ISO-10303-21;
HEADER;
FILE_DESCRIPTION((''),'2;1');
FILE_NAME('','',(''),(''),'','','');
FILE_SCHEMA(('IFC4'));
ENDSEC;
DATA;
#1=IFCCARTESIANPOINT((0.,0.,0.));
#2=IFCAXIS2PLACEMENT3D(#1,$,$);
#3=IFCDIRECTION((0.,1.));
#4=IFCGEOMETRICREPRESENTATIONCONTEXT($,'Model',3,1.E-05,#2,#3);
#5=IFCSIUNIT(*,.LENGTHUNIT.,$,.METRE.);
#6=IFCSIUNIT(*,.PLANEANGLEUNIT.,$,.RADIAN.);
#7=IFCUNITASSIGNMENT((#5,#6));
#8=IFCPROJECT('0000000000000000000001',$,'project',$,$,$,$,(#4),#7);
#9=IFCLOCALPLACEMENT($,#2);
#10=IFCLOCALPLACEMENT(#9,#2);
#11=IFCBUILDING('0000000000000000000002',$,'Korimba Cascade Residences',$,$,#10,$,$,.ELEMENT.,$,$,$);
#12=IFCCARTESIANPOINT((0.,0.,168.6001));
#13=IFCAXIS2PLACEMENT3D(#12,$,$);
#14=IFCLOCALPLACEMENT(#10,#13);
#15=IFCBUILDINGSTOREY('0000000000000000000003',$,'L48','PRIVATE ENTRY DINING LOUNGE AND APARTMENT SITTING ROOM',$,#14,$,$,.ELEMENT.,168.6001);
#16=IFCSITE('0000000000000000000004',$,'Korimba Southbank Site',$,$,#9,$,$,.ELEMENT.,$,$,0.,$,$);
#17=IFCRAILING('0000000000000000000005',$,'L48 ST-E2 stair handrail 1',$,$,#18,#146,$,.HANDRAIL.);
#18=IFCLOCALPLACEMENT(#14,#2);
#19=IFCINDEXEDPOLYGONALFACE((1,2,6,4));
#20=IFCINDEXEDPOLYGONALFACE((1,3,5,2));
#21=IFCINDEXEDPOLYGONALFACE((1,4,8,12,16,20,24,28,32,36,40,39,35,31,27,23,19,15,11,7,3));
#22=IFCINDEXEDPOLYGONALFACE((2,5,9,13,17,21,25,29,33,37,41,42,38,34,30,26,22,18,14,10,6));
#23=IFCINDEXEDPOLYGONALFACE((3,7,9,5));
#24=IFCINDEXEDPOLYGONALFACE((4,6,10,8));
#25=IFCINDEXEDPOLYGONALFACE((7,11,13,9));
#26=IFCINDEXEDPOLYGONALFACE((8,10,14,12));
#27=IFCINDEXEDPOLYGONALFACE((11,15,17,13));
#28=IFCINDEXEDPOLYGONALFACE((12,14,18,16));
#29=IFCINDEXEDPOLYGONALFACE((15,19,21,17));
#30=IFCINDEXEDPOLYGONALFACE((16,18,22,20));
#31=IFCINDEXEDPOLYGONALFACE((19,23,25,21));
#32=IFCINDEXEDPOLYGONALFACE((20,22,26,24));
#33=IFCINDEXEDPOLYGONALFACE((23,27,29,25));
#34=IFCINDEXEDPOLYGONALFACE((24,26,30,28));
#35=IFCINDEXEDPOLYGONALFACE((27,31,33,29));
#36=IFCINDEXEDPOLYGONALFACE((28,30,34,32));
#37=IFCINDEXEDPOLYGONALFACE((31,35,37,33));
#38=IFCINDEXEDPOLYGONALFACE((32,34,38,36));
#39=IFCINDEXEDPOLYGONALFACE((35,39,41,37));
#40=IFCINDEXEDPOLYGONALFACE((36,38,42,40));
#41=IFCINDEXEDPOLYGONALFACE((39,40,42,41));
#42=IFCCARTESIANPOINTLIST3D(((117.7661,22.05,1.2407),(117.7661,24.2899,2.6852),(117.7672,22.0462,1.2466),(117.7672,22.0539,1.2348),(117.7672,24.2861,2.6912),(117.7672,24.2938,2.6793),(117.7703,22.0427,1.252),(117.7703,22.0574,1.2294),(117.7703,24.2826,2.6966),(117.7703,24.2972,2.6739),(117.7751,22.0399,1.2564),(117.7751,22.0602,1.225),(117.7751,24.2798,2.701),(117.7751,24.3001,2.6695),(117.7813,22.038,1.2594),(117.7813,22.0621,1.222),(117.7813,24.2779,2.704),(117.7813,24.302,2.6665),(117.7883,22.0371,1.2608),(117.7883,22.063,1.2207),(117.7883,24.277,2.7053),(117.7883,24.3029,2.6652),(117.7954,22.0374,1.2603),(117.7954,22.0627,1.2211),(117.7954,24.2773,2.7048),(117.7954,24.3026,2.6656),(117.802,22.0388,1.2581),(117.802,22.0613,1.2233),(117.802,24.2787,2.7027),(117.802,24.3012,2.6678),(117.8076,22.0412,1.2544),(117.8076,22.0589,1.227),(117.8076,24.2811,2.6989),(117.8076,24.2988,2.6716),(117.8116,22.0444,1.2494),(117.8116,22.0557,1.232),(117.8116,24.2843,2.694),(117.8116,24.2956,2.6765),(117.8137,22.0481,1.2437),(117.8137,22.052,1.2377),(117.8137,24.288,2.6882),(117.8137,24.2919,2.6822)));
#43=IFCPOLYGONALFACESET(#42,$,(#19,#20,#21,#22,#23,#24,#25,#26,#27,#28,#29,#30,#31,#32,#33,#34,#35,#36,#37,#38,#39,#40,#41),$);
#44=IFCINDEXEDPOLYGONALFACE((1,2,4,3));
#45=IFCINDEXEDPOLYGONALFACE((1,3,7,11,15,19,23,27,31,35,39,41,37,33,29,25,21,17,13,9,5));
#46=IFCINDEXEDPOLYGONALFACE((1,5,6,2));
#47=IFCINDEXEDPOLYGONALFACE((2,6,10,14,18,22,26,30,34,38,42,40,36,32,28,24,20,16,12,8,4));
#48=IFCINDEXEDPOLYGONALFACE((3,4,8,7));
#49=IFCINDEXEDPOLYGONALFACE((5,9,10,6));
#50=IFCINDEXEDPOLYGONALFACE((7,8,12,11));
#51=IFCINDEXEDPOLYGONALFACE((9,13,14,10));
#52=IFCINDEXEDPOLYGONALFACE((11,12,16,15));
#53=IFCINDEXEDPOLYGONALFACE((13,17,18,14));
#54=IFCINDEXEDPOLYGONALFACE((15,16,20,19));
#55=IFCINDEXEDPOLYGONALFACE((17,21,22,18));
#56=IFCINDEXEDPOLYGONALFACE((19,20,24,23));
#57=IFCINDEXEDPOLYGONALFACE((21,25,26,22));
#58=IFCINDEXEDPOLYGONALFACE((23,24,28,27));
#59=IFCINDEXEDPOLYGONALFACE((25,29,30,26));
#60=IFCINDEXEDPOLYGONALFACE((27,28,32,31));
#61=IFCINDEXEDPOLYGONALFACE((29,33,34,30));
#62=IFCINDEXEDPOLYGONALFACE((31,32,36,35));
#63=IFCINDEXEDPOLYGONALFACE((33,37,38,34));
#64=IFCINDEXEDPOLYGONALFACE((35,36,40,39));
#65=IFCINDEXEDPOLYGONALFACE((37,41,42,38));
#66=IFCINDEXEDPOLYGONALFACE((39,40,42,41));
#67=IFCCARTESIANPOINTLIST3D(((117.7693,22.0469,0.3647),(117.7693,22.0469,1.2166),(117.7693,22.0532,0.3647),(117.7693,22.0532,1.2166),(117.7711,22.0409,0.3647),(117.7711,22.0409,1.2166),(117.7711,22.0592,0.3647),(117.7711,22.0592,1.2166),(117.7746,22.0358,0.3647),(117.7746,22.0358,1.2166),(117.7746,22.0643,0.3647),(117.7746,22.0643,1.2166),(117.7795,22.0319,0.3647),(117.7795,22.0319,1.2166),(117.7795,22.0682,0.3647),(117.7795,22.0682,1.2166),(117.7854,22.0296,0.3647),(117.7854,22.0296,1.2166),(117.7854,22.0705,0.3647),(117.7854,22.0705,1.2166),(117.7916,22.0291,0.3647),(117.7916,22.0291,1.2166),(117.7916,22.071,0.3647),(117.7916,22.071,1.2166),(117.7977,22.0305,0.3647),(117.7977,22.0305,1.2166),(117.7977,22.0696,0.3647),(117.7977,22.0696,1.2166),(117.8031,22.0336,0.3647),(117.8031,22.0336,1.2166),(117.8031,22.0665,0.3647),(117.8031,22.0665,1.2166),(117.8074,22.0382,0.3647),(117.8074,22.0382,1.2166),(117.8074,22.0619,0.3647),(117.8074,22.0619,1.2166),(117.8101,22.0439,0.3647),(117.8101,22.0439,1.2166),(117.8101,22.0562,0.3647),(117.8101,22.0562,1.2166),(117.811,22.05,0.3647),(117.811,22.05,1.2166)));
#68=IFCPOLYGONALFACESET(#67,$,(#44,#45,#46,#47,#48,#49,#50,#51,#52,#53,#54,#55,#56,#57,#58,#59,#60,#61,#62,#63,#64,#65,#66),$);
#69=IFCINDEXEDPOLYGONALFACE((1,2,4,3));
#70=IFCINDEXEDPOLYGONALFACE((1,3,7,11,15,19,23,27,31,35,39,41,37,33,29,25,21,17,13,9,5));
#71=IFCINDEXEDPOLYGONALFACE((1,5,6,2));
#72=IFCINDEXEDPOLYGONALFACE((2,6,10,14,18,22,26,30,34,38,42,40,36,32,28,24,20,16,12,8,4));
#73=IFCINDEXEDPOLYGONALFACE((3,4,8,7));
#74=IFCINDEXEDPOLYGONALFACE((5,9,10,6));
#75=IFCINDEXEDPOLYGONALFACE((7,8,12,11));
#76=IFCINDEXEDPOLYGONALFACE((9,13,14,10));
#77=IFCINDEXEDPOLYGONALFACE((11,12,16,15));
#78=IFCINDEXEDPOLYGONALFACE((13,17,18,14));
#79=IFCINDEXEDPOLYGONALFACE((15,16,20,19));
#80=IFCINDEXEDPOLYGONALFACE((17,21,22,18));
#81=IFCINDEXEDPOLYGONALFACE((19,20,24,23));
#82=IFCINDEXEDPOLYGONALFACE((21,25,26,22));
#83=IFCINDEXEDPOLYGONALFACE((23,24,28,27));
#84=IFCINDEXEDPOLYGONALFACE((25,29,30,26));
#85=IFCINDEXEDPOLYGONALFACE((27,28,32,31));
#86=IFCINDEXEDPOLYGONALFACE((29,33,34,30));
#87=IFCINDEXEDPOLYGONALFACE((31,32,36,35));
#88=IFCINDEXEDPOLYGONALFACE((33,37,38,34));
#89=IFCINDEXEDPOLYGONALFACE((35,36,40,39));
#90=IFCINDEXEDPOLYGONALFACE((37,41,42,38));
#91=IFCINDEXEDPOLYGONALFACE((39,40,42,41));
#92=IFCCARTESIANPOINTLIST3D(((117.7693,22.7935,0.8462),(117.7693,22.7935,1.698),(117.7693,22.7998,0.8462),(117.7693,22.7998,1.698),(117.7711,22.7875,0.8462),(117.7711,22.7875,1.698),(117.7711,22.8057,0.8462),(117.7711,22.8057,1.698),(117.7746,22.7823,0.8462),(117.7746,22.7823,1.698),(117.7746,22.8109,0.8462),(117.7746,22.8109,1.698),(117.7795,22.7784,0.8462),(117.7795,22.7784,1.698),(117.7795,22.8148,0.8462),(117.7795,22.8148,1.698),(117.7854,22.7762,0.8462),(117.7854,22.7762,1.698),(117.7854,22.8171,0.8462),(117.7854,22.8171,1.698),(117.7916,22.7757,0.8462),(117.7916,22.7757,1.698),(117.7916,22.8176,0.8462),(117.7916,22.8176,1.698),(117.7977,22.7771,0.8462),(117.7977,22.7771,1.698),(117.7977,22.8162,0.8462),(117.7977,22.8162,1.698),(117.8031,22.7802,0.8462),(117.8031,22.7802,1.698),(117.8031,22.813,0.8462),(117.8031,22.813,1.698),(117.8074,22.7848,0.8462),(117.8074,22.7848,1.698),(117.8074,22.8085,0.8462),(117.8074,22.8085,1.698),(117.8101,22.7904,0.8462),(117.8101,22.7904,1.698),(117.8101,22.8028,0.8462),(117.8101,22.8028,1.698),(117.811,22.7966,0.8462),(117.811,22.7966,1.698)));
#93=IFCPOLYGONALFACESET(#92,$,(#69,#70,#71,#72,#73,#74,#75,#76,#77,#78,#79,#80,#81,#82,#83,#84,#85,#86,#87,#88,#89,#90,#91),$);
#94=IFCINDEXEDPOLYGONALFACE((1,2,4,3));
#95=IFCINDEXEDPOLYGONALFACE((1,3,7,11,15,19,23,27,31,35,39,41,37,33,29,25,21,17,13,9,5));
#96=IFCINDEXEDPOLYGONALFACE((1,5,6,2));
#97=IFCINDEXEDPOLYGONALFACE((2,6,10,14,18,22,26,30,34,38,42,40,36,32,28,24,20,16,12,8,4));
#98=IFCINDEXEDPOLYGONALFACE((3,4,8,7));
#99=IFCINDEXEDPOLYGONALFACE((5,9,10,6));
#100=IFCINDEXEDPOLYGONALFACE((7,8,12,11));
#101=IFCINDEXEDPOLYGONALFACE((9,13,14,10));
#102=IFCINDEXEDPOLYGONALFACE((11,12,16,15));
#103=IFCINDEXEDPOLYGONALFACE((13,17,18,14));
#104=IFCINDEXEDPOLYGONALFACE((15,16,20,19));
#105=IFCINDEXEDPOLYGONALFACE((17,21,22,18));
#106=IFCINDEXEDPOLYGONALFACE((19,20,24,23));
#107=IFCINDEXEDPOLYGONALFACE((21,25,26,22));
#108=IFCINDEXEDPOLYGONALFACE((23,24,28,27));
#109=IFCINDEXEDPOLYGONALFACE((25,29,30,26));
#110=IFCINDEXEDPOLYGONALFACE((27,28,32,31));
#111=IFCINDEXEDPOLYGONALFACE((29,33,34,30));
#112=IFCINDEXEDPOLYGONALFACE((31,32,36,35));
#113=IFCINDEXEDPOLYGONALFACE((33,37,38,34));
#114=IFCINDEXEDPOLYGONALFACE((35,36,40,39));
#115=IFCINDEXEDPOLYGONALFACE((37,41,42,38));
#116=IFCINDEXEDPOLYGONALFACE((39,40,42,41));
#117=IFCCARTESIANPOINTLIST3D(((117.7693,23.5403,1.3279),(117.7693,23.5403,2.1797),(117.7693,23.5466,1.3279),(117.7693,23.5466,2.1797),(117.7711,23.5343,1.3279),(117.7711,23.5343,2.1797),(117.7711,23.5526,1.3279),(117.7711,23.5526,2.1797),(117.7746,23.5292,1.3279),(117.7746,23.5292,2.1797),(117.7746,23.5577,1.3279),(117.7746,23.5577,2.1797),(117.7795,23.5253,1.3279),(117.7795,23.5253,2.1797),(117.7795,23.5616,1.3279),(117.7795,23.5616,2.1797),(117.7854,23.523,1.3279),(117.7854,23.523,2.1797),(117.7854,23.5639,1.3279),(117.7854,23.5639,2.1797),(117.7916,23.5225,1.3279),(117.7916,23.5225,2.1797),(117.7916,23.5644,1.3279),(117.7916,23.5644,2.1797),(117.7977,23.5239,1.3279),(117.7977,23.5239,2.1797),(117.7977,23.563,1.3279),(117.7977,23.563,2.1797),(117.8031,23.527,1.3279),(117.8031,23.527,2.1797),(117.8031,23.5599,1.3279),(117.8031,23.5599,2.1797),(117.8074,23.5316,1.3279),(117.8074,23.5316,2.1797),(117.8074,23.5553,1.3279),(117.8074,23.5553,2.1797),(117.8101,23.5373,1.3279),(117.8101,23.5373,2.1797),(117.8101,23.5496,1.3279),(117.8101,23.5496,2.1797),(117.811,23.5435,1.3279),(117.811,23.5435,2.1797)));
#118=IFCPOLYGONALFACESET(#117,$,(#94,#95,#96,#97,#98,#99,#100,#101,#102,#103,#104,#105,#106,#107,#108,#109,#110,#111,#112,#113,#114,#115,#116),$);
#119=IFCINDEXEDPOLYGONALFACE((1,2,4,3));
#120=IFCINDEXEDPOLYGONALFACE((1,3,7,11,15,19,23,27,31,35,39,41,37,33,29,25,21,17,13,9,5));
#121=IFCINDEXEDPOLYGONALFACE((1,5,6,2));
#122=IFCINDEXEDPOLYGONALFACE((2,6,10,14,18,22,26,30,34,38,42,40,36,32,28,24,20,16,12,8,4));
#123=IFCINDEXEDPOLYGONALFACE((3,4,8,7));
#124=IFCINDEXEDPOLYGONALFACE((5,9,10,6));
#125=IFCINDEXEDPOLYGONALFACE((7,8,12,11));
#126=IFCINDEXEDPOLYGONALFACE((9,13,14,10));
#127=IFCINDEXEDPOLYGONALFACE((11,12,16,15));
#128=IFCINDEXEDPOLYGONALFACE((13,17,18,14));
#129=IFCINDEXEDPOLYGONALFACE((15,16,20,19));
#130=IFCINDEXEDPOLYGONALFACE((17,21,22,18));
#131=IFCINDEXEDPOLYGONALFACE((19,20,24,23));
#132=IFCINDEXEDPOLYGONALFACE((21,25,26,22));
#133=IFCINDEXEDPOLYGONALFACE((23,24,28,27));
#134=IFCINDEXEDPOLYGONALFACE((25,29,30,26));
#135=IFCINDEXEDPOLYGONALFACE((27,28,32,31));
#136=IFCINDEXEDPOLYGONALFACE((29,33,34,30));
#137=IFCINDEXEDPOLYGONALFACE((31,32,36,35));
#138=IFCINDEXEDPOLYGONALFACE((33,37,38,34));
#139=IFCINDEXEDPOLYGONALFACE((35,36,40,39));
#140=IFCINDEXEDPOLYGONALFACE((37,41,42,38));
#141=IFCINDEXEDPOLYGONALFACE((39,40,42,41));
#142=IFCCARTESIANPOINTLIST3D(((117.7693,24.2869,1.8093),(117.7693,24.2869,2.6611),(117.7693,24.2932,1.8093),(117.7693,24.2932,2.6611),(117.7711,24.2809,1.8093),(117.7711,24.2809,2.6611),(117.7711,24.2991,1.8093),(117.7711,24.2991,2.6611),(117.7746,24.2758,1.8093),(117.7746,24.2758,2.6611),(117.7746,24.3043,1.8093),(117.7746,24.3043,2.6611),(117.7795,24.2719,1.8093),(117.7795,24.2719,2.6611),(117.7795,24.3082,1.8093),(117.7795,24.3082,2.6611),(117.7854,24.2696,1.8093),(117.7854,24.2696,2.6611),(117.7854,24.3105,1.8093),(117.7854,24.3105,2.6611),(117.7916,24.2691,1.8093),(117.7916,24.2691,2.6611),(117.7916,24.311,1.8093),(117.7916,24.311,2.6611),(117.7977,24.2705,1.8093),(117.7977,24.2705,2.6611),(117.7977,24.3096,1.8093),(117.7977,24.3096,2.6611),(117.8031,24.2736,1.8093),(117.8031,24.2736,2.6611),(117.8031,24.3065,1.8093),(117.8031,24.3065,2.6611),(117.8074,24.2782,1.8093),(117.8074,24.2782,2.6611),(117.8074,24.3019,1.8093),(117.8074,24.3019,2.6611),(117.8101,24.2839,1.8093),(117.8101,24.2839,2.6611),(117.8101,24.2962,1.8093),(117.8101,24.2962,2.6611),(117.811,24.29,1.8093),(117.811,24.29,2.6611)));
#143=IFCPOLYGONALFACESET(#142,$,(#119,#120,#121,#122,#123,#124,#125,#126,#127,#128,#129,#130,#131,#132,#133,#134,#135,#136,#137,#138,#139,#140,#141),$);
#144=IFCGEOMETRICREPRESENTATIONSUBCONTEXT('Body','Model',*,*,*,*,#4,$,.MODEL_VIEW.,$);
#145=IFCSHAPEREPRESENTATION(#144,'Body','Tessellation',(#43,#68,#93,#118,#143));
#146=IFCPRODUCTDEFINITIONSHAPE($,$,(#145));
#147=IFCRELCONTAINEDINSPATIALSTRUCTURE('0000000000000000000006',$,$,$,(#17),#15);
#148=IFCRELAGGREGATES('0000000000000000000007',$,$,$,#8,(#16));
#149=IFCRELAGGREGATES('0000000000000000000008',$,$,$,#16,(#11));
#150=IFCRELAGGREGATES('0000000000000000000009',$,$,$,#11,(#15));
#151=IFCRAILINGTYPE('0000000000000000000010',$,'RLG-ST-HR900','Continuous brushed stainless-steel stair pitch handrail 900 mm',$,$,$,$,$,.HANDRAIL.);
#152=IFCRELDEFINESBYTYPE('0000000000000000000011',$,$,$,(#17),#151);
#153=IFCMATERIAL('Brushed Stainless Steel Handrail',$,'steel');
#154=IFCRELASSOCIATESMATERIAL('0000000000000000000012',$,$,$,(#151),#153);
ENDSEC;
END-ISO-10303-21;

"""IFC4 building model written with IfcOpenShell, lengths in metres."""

from ifc_helpers import new_model, si_unit, direction, frame, origin, origin_2d, place, context, subcontext, project, spatial, circle, extrude, material, type_object, element, save


model = new_model("IFC4")

# Units and contexts
model_context = context("Model", 3, precision=1e-05, world=origin(), true_north=direction((0.0, 1.0)))
body_context = subcontext(model_context, "Body", "Model", "MODEL_VIEW")
ifc_project = project(units=[si_unit("LENGTHUNIT", "METRE"), si_unit("PLANEANGLEUNIT", "RADIAN")], contexts=[model_context])

# Site, building, storey
site_placement = place(None, origin())
site = spatial("IfcSite", under=ifc_project, at=site_placement, Name="Korimba Southbank Site", CompositionType="ELEMENT", RefElevation=0.0)
building_placement = place(site_placement, origin())
building = spatial("IfcBuilding", under=site, at=building_placement, Name="Korimba Cascade Residences", CompositionType="ELEMENT")
storey_placement = place(building_placement, frame((0.0, 0.0, 168.6001)))
storey = spatial("IfcBuildingStorey", under=building, at=storey_placement, Name="L48", Description="PRIVATE ENTRY DINING LOUNGE AND APARTMENT SITTING ROOM", CompositionType="ELEMENT", Elevation=168.6001)

# Railing
ifc_material_1 = material(Name="Brushed Stainless Steel Handrail", Category="steel")
railing_type_1 = type_object("IfcRailingType", Name="RLG-ST-HR900", Description="Continuous brushed stainless-steel stair pitch handrail 900 mm", PredefinedType="HANDRAIL", material=ifc_material_1)
railing_1_placement = place(storey_placement, frame((117.79, 22.05, 0.3647)))
element("IfcRailing", 1, at=railing_1_placement, inside=storey, type_object=railing_type_1, Name="L48 ST-E2 stair handrail 1", PredefinedType="HANDRAIL", context=body_context, shape_type="SweptSolid", body=[
    extrude(circle(Radius=0.0239, at=origin_2d()), frame((0.0, 0.0, 0.876), z_axis=(0.0, 0.840395, 0.541975), x_axis=(-1.0, 0.0, 0.0)), (0.0, 0.0, 1.0), 2.6653),
    extrude(circle(Radius=0.021, at=origin_2d()), origin(), (0.0, 0.0, 1.0), 0.8518),
    extrude(circle(Radius=0.021, at=origin_2d()), frame((0.0, 0.7466, 0.4814)), (0.0, 0.0, 1.0), 0.8518),
    extrude(circle(Radius=0.021, at=origin_2d()), frame((0.0, 1.4934, 0.9631)), (0.0, 0.0, 1.0), 0.8518),
    extrude(circle(Radius=0.021, at=origin_2d()), frame((0.0, 2.24, 1.4446)), (0.0, 0.0, 1.0), 0.8518),
])

save(model, "model.ifc")
